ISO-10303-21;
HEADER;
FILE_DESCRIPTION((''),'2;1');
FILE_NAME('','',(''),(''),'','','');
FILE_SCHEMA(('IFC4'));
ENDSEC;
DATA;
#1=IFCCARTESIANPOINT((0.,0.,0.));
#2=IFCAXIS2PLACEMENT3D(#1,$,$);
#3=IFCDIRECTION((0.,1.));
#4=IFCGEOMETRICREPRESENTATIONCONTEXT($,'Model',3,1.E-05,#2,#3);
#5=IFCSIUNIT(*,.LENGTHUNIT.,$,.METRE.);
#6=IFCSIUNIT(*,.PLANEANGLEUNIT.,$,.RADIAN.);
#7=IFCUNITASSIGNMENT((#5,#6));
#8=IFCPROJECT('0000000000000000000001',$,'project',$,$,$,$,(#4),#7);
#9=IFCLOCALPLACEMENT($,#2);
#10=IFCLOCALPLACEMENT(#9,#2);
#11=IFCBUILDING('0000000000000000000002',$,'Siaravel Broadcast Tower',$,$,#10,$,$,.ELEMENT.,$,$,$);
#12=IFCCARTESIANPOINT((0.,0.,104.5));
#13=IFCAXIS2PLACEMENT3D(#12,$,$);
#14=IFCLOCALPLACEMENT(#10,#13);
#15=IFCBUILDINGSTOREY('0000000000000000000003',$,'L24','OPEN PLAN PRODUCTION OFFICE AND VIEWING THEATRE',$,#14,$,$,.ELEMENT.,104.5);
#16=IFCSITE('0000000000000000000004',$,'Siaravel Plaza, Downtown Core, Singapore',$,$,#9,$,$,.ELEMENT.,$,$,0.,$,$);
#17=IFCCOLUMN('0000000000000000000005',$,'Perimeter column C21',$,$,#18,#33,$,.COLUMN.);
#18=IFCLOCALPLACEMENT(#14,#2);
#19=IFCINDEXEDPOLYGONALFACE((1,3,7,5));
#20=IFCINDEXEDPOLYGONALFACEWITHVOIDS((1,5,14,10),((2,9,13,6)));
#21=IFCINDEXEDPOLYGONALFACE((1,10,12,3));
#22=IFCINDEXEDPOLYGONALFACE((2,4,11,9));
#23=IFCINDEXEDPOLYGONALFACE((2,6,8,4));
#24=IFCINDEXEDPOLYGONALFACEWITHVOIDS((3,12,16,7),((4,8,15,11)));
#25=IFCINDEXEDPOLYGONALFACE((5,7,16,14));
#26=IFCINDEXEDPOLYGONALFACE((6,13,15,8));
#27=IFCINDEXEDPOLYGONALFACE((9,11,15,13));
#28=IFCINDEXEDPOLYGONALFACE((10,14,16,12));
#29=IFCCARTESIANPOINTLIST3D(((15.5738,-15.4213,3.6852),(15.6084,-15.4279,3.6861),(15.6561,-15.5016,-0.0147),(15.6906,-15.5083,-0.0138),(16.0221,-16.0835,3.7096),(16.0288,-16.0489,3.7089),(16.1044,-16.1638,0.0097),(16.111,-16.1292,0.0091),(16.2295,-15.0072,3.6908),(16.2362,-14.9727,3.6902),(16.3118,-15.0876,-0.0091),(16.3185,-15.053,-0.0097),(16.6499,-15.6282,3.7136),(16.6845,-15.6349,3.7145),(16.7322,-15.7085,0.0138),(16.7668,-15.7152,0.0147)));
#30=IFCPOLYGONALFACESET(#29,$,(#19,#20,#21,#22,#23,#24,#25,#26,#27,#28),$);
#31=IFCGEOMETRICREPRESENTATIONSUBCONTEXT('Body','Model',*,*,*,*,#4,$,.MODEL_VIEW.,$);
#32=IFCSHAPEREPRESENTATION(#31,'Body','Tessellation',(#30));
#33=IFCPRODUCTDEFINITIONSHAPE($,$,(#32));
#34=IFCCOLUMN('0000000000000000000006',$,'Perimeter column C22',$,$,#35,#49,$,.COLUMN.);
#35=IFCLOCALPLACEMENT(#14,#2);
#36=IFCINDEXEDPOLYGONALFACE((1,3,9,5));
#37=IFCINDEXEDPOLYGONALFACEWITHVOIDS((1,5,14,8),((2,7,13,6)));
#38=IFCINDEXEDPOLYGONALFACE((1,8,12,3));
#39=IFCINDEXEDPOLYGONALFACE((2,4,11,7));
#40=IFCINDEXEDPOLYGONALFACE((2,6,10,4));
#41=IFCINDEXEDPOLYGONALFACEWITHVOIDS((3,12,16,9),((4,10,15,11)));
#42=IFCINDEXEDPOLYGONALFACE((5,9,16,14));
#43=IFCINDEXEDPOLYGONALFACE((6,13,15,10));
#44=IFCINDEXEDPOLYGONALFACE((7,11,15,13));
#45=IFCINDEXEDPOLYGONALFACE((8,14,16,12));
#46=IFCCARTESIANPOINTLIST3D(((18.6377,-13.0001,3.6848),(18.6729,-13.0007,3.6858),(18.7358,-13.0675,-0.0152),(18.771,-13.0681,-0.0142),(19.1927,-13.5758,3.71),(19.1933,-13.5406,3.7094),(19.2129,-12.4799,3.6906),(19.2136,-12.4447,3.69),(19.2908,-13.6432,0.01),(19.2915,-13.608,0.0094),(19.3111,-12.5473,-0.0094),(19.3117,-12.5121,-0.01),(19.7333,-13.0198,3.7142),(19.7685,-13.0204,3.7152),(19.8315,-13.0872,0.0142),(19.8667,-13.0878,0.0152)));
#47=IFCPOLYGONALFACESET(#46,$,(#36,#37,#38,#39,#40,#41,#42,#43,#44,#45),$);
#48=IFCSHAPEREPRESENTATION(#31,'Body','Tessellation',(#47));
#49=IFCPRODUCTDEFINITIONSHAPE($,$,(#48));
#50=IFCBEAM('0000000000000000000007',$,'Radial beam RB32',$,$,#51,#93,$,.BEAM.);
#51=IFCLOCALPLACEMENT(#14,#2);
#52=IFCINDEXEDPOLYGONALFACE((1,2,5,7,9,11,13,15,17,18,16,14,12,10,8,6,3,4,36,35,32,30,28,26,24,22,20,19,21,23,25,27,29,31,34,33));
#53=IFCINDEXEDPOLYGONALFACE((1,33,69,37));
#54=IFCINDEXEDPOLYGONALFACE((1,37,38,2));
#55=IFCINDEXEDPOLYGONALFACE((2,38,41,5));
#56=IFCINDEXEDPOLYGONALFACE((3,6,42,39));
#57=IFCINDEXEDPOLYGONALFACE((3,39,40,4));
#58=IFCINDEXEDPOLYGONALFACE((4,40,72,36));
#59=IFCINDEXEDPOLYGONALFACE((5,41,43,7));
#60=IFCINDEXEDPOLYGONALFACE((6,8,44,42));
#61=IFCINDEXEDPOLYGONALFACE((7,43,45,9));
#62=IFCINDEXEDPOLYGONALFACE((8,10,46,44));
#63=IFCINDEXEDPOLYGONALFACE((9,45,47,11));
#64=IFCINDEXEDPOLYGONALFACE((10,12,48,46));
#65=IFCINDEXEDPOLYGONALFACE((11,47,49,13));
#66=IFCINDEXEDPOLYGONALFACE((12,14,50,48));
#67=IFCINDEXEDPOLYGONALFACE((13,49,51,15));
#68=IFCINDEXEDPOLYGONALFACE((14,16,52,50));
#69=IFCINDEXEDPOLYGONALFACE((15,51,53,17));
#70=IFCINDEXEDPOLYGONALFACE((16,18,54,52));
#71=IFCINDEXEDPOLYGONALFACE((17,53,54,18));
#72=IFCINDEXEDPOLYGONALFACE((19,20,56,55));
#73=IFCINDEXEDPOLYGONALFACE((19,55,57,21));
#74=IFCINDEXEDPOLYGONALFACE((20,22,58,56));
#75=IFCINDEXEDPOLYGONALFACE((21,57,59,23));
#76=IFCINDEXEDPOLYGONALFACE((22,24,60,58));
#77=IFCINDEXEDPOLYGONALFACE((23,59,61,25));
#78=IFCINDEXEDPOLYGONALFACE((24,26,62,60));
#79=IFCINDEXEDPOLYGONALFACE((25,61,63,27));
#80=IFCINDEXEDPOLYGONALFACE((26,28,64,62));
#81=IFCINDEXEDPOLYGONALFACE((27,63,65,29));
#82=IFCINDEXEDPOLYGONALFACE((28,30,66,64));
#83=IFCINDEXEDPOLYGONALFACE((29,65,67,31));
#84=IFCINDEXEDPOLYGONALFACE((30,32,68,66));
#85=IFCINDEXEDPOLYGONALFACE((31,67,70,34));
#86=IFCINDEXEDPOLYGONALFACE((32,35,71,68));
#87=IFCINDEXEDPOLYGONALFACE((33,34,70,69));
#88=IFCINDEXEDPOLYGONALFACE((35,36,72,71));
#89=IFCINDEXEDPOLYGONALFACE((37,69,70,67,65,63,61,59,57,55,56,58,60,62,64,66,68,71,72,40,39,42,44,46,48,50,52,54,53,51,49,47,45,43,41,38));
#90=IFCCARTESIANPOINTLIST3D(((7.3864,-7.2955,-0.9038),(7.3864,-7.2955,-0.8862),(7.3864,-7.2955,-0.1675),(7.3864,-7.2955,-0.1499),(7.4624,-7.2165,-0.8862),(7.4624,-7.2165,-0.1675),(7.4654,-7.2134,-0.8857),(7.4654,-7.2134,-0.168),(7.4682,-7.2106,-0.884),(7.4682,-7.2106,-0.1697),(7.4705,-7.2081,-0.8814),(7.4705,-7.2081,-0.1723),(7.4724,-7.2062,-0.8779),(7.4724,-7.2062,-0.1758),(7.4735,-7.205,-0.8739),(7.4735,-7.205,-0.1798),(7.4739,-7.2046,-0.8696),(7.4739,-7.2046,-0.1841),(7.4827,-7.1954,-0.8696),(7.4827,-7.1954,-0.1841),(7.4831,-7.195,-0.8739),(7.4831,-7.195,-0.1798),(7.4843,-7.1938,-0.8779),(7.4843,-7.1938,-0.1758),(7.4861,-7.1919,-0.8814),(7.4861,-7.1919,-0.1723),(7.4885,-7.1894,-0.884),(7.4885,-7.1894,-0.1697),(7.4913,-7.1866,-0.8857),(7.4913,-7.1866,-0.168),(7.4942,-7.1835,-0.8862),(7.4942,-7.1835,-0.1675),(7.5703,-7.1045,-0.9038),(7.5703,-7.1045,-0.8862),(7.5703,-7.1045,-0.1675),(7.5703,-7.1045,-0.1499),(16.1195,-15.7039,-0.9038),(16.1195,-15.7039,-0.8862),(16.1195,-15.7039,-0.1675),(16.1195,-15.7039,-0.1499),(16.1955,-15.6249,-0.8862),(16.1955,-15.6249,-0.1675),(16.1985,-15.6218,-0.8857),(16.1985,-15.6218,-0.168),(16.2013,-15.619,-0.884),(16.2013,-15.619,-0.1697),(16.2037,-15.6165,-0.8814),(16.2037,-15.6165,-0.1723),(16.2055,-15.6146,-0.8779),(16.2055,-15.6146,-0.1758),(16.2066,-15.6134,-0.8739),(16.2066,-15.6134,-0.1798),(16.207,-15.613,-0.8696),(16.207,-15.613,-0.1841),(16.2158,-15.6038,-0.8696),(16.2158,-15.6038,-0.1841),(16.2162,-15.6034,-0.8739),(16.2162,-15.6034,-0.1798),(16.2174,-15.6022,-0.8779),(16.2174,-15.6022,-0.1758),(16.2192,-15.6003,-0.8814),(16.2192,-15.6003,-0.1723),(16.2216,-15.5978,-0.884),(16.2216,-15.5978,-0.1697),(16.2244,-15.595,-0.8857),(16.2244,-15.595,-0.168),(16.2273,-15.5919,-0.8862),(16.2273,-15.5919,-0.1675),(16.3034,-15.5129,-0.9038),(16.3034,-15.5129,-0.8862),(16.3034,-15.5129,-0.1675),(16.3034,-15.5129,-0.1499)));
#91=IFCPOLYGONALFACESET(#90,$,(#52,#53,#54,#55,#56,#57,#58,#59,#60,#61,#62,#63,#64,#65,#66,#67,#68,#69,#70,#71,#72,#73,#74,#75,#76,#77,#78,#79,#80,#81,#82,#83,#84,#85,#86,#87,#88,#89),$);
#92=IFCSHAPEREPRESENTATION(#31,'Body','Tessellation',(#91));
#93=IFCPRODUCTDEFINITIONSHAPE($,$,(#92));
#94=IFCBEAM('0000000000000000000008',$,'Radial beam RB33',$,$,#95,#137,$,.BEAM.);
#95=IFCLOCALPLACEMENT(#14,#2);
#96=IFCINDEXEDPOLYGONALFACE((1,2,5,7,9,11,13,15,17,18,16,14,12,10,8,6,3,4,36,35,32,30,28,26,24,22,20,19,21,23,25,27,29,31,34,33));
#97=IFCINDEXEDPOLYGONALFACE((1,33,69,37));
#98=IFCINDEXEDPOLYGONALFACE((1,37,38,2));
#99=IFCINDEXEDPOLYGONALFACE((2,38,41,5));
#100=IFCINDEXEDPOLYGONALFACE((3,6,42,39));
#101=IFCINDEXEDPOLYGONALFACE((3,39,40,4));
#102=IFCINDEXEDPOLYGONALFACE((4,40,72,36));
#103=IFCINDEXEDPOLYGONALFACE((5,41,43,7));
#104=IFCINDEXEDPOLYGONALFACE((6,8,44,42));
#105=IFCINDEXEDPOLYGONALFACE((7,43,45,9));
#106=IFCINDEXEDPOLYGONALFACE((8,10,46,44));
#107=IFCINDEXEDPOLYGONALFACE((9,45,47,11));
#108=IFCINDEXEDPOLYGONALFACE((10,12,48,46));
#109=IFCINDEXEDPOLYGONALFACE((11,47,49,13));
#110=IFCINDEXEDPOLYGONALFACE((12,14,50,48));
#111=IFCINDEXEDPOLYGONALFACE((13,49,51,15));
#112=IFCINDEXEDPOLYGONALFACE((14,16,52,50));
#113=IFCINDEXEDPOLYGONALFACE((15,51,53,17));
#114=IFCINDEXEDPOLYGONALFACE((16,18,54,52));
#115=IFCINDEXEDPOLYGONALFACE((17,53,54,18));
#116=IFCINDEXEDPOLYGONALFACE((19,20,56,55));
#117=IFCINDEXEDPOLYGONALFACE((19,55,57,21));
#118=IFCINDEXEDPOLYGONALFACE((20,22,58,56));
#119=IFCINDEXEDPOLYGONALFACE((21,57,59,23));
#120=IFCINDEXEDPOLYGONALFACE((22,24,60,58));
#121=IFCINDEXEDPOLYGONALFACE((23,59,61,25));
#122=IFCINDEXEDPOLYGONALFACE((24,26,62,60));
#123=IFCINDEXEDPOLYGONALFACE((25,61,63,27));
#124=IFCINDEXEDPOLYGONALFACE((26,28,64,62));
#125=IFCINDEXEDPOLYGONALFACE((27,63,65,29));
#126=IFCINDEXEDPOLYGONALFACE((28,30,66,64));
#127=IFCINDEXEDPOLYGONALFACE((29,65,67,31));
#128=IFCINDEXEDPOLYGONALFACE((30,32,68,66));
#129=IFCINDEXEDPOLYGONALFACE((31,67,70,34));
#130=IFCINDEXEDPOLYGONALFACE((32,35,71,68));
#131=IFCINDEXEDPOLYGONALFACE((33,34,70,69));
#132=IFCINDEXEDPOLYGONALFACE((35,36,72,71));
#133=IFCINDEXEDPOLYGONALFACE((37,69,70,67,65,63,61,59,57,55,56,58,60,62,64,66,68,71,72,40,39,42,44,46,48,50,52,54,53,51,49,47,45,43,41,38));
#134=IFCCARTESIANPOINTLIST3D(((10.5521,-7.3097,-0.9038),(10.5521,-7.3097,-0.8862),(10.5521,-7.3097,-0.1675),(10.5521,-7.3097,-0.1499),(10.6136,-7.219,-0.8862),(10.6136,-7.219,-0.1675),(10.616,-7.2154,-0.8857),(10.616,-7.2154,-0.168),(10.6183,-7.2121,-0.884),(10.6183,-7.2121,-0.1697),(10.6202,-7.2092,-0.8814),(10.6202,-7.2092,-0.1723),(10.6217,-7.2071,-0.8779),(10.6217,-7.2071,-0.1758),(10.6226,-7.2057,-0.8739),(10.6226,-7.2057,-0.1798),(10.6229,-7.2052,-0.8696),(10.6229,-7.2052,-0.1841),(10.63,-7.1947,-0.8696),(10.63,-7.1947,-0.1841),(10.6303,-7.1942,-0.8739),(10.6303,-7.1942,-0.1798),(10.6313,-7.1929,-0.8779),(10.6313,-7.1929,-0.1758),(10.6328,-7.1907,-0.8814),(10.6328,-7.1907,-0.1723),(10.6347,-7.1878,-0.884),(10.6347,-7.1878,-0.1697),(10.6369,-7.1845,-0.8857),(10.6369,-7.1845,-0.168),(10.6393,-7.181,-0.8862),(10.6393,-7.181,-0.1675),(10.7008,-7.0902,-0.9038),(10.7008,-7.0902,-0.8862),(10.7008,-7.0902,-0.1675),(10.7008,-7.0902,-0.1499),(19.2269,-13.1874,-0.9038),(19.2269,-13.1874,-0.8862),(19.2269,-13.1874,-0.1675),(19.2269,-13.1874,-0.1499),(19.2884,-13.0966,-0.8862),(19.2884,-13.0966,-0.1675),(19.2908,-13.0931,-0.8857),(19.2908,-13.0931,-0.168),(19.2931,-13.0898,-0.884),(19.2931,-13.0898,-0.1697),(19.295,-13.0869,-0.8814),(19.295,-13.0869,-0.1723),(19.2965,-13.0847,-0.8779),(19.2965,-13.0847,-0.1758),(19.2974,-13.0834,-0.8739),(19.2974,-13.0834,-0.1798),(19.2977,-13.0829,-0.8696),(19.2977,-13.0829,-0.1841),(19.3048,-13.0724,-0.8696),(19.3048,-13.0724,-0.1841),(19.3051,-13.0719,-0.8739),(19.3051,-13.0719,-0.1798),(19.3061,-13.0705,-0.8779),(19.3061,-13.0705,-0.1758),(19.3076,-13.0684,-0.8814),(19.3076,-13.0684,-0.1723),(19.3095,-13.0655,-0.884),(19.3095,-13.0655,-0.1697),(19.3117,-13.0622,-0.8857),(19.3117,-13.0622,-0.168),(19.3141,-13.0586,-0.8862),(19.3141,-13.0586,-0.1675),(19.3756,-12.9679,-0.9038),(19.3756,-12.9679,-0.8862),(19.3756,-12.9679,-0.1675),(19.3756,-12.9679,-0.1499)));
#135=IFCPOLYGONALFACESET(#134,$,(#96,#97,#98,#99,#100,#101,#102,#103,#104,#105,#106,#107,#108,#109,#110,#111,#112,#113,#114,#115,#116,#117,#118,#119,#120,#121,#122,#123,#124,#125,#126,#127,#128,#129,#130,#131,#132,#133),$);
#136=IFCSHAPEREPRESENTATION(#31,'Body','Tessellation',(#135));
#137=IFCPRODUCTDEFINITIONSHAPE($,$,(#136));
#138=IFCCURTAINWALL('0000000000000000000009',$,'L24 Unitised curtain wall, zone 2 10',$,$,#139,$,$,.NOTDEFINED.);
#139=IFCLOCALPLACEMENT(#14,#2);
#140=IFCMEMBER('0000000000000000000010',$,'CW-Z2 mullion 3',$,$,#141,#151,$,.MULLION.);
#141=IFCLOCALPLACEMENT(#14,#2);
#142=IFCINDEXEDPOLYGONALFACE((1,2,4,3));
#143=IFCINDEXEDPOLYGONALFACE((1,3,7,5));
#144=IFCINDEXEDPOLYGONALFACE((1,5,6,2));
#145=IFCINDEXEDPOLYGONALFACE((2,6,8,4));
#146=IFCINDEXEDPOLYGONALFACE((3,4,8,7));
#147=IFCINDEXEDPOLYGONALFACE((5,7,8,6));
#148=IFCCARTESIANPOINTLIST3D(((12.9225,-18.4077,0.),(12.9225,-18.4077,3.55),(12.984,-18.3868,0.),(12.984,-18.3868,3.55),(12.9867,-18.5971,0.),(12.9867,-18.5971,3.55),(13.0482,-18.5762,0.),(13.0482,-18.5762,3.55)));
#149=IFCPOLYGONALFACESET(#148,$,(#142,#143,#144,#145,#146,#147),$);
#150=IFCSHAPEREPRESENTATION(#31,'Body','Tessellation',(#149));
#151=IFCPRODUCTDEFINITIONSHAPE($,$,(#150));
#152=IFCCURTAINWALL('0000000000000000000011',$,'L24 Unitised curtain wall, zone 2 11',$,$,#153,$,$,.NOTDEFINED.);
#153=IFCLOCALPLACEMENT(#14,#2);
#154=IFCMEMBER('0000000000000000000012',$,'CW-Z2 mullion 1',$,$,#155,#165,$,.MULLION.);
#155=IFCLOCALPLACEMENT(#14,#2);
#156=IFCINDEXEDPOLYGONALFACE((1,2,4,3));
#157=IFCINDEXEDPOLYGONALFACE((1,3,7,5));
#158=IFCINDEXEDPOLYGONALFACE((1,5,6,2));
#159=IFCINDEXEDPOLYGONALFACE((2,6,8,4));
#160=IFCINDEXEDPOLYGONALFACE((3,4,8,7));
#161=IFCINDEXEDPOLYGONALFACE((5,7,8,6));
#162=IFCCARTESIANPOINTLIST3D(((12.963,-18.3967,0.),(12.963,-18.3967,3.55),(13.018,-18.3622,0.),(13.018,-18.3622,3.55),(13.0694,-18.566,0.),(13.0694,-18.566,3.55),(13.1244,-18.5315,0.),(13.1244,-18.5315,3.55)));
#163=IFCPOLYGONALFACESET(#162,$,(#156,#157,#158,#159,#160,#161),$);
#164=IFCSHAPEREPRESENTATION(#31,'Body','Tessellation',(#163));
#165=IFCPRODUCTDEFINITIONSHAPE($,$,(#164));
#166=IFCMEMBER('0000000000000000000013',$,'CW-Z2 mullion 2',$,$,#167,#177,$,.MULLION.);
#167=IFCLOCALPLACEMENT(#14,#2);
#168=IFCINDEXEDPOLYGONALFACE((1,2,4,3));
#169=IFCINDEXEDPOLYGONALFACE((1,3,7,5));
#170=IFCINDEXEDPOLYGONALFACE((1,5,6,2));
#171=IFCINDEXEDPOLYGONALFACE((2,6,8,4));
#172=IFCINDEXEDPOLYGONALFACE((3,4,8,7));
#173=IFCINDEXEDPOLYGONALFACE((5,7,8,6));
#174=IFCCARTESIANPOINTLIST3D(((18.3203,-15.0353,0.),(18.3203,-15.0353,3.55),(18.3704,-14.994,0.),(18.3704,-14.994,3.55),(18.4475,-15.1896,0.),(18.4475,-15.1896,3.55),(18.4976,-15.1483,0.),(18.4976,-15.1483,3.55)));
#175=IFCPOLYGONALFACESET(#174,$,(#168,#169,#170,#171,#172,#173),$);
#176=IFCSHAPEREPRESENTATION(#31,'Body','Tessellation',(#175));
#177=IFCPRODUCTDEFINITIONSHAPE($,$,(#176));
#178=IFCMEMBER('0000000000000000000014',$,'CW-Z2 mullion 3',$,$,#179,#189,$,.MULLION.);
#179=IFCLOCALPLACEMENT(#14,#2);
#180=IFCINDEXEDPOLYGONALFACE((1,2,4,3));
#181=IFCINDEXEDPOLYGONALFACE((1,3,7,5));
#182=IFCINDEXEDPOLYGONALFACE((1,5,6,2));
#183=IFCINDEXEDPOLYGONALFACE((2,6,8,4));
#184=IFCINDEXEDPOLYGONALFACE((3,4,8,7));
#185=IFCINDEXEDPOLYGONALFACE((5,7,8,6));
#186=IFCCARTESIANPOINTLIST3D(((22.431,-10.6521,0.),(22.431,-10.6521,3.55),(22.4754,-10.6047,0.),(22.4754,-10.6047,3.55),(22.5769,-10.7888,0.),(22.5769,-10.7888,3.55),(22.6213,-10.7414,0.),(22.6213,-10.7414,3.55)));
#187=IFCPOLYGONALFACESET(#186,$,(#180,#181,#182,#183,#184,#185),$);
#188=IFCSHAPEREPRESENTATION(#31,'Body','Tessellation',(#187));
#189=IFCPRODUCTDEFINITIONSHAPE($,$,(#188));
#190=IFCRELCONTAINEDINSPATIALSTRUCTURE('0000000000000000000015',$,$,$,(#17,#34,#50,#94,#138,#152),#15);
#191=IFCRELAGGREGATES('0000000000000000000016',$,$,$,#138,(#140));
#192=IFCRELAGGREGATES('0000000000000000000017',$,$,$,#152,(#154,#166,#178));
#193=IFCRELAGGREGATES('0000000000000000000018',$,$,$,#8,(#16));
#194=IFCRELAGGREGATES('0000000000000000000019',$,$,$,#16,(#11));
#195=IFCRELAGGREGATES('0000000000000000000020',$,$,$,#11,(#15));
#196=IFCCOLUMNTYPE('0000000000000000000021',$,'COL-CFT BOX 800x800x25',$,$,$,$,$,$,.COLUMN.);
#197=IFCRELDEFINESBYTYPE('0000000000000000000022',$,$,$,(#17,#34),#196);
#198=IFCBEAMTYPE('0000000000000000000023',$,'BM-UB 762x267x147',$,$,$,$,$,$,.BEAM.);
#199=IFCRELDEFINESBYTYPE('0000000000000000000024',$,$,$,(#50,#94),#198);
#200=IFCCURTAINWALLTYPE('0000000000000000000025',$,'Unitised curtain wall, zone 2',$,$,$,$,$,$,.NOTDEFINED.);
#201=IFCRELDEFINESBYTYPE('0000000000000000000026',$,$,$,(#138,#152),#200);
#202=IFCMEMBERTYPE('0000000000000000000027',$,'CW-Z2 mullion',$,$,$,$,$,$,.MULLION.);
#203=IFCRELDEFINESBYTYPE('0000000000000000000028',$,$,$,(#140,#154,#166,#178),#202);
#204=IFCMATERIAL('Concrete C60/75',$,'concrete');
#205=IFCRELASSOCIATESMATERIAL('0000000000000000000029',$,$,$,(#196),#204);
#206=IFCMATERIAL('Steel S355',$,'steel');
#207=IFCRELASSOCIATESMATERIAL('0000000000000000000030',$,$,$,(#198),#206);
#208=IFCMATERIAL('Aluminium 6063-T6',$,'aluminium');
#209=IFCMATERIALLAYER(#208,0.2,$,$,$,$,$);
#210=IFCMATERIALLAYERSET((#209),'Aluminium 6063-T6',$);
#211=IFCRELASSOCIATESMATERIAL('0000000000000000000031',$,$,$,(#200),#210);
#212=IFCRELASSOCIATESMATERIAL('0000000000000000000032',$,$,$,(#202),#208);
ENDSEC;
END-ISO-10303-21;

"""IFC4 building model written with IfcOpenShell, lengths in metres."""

from ifc_helpers import new_model, si_unit, direction, frame, origin, origin_2d, place, context, subcontext, project, spatial, rectangle, hollow_rectangle, i_section, extrude, material, layer, layer_set, material_profile, profile_set, type_object, element, aggregate, save


model = new_model("IFC4")

# Units and contexts
model_context = context("Model", 3, precision=1e-05, world=origin(), true_north=direction((0.0, 1.0)))
body_context = subcontext(model_context, "Body", "Model", "MODEL_VIEW")
ifc_project = project(units=[si_unit("LENGTHUNIT", "METRE"), si_unit("PLANEANGLEUNIT", "RADIAN")], contexts=[model_context])

# Site, building, storey
site_placement = place(None, origin())
site = spatial("IfcSite", under=ifc_project, at=site_placement, Name="Siaravel Plaza, Downtown Core, Singapore", CompositionType="ELEMENT", RefElevation=0.0)
building_placement = place(site_placement, origin())
building = spatial("IfcBuilding", under=site, at=building_placement, Name="Siaravel Broadcast Tower", CompositionType="ELEMENT")
storey_placement = place(building_placement, frame((0.0, 0.0, 104.5)))
storey = spatial("IfcBuildingStorey", under=building, at=storey_placement, Name="L24", Description="OPEN PLAN PRODUCTION OFFICE AND VIEWING THEATRE", CompositionType="ELEMENT", Elevation=104.5)

# Columns
ifc_material_1 = material(Name="Concrete C60/75", Category="concrete")
ifc_material_profile_1 = material_profile(ifc_material_1, hollow_rectangle(XDim=0.8, YDim=0.8, WallThickness=0.0249, at=origin_2d()))
ifc_profile_set_1 = profile_set([ifc_material_profile_1], Name="Concrete C60/75")
column_type = type_object("IfcColumnType", Name="COL-CFT BOX 800x800x25", PredefinedType="COLUMN", material=ifc_profile_set_1)
column_1_placement = place(storey_placement, frame((16.2114, -15.6084, 0.0), z_axis=(-0.022226, 0.021699, 0.999517), x_axis=(-0.82795, -0.560767, -0.006237)))
element("IfcColumn", 1, at=column_1_placement, inside=storey, type_object=column_type, Name="Perimeter column C21", PredefinedType="COLUMN", context=body_context, shape_type="SweptSolid", body=[
    extrude(hollow_rectangle(XDim=0.8, YDim=0.8, WallThickness=0.0249, at=origin_2d()), origin(), (0.0, 0.0, 1.0), 3.7017),
])
column_2_placement = place(storey_placement, frame((19.3013, -13.0776, 0.0), z_axis=(-0.026512, 0.018202, 0.999483), x_axis=(-0.719778, -0.694174, -0.006451)))
element("IfcColumn", 2, at=column_2_placement, inside=storey, type_object=column_type, Name="Perimeter column C22", PredefinedType="COLUMN", context=body_context, shape_type="SweptSolid", body=[
    extrude(hollow_rectangle(XDim=0.8, YDim=0.8, WallThickness=0.0249, at=origin_2d()), origin(), (0.0, 0.0, 1.0), 3.7019),
])

# Beams
ifc_material_2 = material(Name="Steel S355", Category="steel")
ifc_material_profile_2 = material_profile(ifc_material_2, i_section(OverallWidth=0.2651, OverallDepth=0.7539, WebThickness=0.0127, FlangeThickness=0.0176, FilletRadius=0.0166, at=origin_2d()))
ifc_profile_set_2 = profile_set([ifc_material_profile_2], Name="Steel S355")
beam_type = type_object("IfcBeamType", Name="BM-UB 762x267x147", PredefinedType="BEAM", material=ifc_profile_set_2)
beam_1_placement = place(storey_placement, frame((16.2114, -15.6084, -0.5269), z_axis=(-0.720372, 0.693588, 0.0), x_axis=(-0.693588, -0.720372, 0.0)))
element("IfcBeam", 3, at=beam_1_placement, inside=storey, type_object=beam_type, Name="Radial beam RB32", PredefinedType="BEAM", context=body_context, shape_type="SweptSolid", body=[
    extrude(i_section(OverallWidth=0.2651, OverallDepth=0.7539, WebThickness=0.0127, FlangeThickness=0.0176, FilletRadius=0.0166, at=origin_2d()), origin(), (0.0, 0.0, 1.0), 12.123),
])
beam_2_placement = place(storey_placement, frame((19.3013, -13.0776, -0.5269), z_axis=(-0.827865, 0.560927, 0.0), x_axis=(-0.560927, -0.827865, 0.0)))
element("IfcBeam", 4, at=beam_2_placement, inside=storey, type_object=beam_type, Name="Radial beam RB33", PredefinedType="BEAM", context=body_context, shape_type="SweptSolid", body=[
    extrude(i_section(OverallWidth=0.2651, OverallDepth=0.7539, WebThickness=0.0127, FlangeThickness=0.0176, FilletRadius=0.0166, at=origin_2d()), origin(), (0.0, 0.0, 1.0), 10.4785),
])

# Curtain wall, member
ifc_material_3 = material(Name="Aluminium 6063-T6", Category="aluminium")
ifc_layer_1 = layer(ifc_material_3, 0.2)
ifc_layer_set_1 = layer_set([ifc_layer_1], Name="Aluminium 6063-T6")
curtain_wall_type = type_object("IfcCurtainWallType", Name="Unitised curtain wall, zone 2", PredefinedType="NOTDEFINED", material=ifc_layer_set_1)
curtain_wall_1_placement = place(storey_placement, origin())
curtain_wall_1 = element("IfcCurtainWall", 5, at=curtain_wall_1_placement, inside=storey, type_object=curtain_wall_type, Name="L24 Unitised curtain wall, zone 2 10", PredefinedType="NOTDEFINED")
ifc_material_profile_3 = material_profile(ifc_material_3, rectangle(XDim=0.2, YDim=0.0649, at=origin_2d()))
ifc_profile_set_3 = profile_set([ifc_material_profile_3], Name="Aluminium 6063-T6")
member_type_1 = type_object("IfcMemberType", Name="CW-Z2 mullion", PredefinedType="MULLION", material=ifc_profile_set_3)
member_1_placement = place(storey_placement, frame((12.9854, -18.4919, 0.0), z_axis=(0.0, 0.0, 1.0), x_axis=(-0.3213, 0.946977, 0.0)))
member_1 = element("IfcMember", 6, at=member_1_placement, type_object=member_type_1, Name="CW-Z2 mullion 3", PredefinedType="MULLION", context=body_context, shape_type="SweptSolid", body=[
    extrude(rectangle(XDim=0.2, YDim=0.0649, at=origin_2d()), origin(), (0.0, 0.0, 1.0), 3.55),
])
aggregate(curtain_wall_1, [member_1])

# Curtain wall, members
curtain_wall_2_placement = place(storey_placement, origin())
curtain_wall_2 = element("IfcCurtainWall", 7, at=curtain_wall_2_placement, inside=storey, type_object=curtain_wall_type, Name="L24 Unitised curtain wall, zone 2 11", PredefinedType="NOTDEFINED")
member_2_placement = place(storey_placement, frame((13.0437, -18.4641, 0.0), z_axis=(0.0, 0.0, 1.0), x_axis=(-0.532149, 0.846651, 0.0)))
member_2 = element("IfcMember", 8, at=member_2_placement, type_object=member_type_1, Name="CW-Z2 mullion 1", PredefinedType="MULLION", context=body_context, shape_type="SweptSolid", body=[
    extrude(rectangle(XDim=0.2, YDim=0.0649, at=origin_2d()), origin(), (0.0, 0.0, 1.0), 3.55),
])
member_3_placement = place(storey_placement, frame((18.4089, -15.0918, 0.0), z_axis=(0.0, 0.0, 1.0), x_axis=(-0.636218, 0.771509, 0.0)))
member_3 = element("IfcMember", 9, at=member_3_placement, type_object=member_type_1, Name="CW-Z2 mullion 2", PredefinedType="MULLION", context=body_context, shape_type="SweptSolid", body=[
    extrude(rectangle(XDim=0.2, YDim=0.0649, at=origin_2d()), origin(), (0.0, 0.0, 1.0), 3.55),
])
member_4_placement = place(storey_placement, frame((22.5261, -10.6968, 0.0), z_axis=(0.0, 0.0, 1.0), x_axis=(-0.729805, 0.683656, 0.0)))
member_4 = element("IfcMember", 10, at=member_4_placement, type_object=member_type_1, Name="CW-Z2 mullion 3", PredefinedType="MULLION", context=body_context, shape_type="SweptSolid", body=[
    extrude(rectangle(XDim=0.2, YDim=0.0649, at=origin_2d()), origin(), (0.0, 0.0, 1.0), 3.55),
])

aggregate(curtain_wall_2, [member_2, member_3, member_4])

save(model, "model.ifc")
